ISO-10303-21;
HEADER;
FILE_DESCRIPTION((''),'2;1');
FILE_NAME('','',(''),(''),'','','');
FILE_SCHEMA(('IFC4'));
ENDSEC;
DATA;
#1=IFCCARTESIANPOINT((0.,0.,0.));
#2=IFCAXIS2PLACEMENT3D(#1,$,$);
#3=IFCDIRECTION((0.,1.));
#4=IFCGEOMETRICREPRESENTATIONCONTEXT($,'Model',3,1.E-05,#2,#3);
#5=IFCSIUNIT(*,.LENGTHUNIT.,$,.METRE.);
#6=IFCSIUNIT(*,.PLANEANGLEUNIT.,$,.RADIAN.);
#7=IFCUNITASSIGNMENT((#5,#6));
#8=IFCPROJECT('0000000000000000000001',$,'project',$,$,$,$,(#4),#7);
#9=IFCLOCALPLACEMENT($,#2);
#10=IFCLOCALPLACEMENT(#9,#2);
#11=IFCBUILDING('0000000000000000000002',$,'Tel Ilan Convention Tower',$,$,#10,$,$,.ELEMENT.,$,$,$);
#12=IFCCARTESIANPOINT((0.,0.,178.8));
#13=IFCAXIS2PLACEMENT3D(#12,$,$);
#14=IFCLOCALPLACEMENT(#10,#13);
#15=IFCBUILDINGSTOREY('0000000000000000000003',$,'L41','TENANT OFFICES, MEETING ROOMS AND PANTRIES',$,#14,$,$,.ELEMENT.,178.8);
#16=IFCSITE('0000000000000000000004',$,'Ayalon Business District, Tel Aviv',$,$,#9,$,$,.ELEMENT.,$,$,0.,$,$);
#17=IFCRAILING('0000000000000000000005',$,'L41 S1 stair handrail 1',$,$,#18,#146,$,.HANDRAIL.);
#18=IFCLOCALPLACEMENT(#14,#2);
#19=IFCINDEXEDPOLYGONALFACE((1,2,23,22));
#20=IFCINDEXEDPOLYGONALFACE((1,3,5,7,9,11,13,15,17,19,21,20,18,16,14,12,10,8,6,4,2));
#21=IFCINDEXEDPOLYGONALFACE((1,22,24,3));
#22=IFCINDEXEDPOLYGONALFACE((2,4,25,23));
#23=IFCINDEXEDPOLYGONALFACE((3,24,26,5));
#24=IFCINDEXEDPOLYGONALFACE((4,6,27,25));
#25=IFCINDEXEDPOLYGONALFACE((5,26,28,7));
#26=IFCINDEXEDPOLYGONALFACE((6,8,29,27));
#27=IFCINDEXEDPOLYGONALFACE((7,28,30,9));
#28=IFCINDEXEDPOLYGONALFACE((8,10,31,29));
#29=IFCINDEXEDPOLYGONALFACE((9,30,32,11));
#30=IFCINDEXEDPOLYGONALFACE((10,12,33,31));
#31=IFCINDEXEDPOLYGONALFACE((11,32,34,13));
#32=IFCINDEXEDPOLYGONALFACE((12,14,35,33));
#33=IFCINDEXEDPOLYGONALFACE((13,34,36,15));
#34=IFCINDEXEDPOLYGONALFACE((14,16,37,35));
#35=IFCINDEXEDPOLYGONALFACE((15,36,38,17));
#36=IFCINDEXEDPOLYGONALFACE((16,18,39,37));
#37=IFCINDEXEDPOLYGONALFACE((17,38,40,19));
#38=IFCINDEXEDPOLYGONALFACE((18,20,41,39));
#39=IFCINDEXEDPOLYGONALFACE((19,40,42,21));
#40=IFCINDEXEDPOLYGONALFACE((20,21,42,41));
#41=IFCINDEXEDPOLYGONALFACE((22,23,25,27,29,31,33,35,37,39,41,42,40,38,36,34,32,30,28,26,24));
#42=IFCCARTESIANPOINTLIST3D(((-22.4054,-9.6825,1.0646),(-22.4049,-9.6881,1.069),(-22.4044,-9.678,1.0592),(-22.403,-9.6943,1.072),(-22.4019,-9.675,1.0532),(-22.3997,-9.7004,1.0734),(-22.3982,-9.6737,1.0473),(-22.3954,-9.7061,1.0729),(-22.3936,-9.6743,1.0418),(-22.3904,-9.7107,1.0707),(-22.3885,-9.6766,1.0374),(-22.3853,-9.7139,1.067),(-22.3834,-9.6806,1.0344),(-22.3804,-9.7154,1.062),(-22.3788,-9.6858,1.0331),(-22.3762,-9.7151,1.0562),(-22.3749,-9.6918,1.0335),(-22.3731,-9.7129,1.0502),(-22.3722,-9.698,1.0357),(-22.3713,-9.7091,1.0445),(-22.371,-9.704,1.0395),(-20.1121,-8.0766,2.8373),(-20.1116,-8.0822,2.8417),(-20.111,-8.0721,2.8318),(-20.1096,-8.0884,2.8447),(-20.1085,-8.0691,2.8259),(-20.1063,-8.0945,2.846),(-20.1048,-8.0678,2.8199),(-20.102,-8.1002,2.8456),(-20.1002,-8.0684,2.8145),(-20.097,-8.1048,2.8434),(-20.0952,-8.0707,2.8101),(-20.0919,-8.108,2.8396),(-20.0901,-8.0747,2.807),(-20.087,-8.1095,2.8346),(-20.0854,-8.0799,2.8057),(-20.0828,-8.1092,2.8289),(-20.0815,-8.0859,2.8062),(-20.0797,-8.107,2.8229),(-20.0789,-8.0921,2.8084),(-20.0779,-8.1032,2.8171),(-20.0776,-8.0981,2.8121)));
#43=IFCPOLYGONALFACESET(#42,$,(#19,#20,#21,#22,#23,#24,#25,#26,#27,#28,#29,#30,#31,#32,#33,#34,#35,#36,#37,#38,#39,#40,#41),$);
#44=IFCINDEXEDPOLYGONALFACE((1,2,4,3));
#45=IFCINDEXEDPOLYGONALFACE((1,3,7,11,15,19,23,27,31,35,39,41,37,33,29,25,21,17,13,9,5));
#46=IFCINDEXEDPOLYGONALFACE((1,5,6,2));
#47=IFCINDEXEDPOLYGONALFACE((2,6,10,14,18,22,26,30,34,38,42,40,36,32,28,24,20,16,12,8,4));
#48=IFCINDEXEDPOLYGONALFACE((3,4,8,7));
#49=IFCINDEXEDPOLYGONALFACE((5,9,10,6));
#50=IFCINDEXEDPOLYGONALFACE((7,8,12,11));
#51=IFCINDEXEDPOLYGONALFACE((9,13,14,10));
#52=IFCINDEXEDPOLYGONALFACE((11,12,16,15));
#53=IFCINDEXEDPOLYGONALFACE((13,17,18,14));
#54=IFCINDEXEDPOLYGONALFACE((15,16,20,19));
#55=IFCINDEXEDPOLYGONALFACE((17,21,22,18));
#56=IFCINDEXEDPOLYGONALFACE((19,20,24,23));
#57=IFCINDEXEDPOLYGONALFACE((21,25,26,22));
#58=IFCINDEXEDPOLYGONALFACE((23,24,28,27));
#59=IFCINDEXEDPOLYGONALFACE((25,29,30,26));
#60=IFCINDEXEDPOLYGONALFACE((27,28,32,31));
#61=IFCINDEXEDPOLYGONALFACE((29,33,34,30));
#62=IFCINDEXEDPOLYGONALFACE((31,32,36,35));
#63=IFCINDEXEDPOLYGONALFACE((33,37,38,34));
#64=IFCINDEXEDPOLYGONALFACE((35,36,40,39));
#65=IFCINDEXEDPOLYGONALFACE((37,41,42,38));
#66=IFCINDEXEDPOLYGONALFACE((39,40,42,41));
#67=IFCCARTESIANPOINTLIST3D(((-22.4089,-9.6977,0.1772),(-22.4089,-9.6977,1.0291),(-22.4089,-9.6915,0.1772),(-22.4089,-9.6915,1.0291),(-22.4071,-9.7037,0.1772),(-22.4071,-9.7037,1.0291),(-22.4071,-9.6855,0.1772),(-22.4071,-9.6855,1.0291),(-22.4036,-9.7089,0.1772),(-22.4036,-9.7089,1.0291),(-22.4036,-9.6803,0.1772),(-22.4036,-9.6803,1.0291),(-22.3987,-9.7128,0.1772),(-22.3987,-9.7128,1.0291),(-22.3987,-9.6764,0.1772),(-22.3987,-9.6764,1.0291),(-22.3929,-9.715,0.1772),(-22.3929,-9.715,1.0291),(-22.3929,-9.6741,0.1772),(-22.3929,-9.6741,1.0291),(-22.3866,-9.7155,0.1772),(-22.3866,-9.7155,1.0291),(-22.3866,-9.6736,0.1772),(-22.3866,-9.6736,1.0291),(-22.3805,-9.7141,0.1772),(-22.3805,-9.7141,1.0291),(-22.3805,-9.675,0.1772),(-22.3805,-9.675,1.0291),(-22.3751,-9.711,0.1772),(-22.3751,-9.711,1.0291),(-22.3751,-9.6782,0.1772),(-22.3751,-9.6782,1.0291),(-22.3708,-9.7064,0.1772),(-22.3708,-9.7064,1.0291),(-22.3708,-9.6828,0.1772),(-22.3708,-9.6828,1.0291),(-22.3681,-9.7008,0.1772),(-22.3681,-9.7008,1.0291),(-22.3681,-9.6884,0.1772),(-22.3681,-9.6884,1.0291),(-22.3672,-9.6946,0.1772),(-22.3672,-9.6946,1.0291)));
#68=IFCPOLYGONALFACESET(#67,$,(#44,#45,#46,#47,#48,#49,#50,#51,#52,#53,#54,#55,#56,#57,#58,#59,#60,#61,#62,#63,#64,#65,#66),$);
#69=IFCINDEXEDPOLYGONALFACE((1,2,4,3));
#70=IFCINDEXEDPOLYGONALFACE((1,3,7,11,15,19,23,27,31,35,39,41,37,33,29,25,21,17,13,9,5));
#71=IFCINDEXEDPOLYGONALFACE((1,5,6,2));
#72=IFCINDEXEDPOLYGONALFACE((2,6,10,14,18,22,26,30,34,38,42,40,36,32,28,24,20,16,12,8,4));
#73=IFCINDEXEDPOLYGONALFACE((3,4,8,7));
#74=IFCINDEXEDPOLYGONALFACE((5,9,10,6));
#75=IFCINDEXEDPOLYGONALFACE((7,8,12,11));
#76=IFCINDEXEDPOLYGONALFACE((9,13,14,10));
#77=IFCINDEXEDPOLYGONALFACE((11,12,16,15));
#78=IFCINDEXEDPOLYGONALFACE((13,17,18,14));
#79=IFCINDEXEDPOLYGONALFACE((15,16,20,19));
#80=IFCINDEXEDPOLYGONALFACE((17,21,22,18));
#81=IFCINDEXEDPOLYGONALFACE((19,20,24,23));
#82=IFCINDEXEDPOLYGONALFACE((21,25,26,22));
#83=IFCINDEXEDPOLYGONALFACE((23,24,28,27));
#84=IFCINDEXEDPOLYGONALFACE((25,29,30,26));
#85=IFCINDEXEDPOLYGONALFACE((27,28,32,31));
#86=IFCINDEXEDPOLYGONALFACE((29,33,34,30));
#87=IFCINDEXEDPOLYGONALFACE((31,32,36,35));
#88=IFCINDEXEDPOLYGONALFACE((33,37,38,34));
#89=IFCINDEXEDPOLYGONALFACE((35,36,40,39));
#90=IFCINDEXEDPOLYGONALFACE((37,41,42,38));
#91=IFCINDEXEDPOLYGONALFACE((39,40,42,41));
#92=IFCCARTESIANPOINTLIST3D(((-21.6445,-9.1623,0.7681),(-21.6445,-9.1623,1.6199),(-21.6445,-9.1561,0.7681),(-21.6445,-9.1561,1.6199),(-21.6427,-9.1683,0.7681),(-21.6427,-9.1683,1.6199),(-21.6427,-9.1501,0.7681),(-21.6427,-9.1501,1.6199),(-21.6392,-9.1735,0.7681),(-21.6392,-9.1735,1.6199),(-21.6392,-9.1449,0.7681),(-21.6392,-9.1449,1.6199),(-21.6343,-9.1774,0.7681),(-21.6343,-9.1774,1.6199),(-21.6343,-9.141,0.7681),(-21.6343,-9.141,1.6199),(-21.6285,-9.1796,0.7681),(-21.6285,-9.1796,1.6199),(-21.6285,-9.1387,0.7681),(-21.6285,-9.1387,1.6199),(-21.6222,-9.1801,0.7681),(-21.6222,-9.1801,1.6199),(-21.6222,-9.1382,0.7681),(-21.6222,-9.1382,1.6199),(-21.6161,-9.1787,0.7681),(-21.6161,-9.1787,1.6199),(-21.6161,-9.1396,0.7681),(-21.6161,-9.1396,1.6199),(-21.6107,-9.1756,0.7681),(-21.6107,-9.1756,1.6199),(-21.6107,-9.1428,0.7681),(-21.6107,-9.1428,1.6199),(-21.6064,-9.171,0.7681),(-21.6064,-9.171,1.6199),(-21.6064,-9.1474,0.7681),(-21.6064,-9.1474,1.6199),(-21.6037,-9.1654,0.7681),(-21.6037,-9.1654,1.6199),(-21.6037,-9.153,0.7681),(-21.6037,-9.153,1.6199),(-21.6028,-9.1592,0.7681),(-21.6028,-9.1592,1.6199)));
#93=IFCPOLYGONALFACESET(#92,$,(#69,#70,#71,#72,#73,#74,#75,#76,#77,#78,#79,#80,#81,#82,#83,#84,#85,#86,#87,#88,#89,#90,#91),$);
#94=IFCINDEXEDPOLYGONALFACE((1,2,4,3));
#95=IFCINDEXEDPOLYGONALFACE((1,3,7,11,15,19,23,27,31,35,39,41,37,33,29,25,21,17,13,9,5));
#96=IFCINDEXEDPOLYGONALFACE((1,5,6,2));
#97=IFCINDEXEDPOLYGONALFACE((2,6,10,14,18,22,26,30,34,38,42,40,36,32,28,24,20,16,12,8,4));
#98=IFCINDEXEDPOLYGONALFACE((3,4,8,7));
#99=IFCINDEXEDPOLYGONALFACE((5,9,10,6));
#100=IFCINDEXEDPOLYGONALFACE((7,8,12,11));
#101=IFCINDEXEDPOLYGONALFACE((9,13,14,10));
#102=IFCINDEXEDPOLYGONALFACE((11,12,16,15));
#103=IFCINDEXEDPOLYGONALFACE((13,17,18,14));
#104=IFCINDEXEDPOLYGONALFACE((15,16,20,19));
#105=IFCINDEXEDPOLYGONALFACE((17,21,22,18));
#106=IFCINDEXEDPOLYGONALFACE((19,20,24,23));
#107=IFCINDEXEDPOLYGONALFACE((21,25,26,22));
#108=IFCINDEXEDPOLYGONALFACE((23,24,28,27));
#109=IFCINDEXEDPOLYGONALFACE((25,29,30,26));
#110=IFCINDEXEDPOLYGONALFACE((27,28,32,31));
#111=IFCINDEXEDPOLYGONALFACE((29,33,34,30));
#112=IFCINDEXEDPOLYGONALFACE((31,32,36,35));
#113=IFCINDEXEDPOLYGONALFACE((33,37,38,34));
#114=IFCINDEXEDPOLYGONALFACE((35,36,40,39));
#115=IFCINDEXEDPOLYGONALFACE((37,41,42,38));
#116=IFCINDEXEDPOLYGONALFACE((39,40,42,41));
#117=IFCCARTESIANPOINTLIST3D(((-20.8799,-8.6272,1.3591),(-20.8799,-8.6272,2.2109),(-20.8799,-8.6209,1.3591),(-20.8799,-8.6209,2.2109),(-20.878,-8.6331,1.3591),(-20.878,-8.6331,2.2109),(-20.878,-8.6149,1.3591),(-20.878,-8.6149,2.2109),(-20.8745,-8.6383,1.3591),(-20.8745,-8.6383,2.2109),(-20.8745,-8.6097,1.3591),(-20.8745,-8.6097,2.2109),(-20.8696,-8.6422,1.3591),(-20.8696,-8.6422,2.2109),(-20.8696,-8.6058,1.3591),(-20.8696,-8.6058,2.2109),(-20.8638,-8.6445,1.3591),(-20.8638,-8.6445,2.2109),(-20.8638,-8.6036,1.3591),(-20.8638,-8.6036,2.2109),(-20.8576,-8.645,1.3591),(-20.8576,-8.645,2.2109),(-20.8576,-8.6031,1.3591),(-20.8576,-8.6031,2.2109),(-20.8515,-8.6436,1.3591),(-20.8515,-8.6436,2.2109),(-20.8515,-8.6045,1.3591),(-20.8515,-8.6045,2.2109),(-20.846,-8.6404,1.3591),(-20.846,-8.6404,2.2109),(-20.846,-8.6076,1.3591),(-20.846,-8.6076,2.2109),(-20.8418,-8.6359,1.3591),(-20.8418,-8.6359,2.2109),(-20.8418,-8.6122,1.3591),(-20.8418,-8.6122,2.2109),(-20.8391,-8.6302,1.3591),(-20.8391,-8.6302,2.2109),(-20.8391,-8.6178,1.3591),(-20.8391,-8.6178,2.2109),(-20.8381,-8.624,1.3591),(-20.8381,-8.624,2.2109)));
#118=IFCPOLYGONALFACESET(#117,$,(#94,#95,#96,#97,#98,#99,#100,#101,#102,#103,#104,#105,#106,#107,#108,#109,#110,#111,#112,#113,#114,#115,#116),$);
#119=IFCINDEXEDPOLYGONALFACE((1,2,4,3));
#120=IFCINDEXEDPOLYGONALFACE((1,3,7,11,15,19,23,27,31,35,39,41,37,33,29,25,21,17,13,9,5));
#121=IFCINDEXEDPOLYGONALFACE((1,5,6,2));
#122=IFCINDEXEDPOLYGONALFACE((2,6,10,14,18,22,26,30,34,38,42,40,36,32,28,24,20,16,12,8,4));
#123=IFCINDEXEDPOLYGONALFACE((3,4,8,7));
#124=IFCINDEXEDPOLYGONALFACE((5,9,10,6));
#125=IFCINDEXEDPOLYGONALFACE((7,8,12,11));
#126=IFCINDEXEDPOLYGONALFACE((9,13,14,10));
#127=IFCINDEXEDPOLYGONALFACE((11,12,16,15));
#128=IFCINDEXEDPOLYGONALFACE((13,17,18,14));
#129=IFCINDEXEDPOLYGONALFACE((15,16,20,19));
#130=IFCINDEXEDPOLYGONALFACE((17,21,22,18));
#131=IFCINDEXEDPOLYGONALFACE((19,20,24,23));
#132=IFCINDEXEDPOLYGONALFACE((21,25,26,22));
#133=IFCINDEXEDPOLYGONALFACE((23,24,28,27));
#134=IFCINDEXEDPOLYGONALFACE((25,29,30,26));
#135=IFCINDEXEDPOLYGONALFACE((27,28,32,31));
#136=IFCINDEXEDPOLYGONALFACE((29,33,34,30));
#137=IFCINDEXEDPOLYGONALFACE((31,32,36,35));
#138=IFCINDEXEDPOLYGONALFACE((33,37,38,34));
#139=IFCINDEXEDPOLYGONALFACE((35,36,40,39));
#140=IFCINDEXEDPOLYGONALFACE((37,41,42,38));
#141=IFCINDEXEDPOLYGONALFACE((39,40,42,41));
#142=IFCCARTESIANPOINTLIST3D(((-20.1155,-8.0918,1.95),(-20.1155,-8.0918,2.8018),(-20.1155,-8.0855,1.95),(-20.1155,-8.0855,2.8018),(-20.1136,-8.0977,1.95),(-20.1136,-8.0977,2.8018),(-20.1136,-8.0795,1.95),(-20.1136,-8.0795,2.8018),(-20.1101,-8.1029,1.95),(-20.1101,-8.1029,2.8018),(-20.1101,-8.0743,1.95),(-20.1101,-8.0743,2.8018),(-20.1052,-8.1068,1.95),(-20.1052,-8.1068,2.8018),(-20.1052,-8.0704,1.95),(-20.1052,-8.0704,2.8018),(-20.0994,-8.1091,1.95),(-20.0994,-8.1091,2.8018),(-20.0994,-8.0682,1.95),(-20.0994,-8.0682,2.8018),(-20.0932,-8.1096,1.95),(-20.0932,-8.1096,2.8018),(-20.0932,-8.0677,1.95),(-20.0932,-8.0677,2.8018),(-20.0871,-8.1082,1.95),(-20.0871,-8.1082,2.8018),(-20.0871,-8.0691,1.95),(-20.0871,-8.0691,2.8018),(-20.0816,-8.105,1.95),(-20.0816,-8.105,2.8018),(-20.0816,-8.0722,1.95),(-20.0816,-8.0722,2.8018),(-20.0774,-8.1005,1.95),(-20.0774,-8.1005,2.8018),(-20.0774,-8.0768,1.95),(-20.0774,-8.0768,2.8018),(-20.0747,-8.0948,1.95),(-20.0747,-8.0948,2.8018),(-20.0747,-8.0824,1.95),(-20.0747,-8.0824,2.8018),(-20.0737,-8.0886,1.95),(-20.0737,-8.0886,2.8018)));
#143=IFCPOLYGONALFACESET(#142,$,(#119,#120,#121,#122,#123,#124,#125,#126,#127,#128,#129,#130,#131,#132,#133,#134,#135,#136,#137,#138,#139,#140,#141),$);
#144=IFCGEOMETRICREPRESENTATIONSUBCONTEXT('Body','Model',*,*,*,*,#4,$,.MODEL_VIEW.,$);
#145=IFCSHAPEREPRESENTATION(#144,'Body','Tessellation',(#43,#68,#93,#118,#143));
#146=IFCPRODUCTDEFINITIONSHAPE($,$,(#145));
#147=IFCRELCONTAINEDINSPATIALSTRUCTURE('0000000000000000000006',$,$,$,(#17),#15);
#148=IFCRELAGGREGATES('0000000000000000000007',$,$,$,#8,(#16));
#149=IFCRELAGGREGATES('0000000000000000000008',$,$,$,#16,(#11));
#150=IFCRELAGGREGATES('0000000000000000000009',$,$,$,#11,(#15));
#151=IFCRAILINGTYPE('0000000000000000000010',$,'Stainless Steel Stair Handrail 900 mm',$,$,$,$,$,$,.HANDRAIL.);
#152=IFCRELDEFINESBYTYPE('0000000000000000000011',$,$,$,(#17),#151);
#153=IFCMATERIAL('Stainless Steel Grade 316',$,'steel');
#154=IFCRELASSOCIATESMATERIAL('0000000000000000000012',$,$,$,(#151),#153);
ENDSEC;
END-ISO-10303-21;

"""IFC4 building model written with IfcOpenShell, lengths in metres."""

from ifc_helpers import new_model, si_unit, direction, frame, origin, origin_2d, place, context, subcontext, project, spatial, circle, extrude, material, type_object, element, save


model = new_model("IFC4")

# Units and contexts
model_context = context("Model", 3, precision=1e-05, world=origin(), true_north=direction((0.0, 1.0)))
body_context = subcontext(model_context, "Body", "Model", "MODEL_VIEW")
ifc_project = project(units=[si_unit("LENGTHUNIT", "METRE"), si_unit("PLANEANGLEUNIT", "RADIAN")], contexts=[model_context])

# Site, building, storey
site_placement = place(None, origin())
site = spatial("IfcSite", under=ifc_project, at=site_placement, Name="Ayalon Business District, Tel Aviv", CompositionType="ELEMENT", RefElevation=0.0)
building_placement = place(site_placement, origin())
building = spatial("IfcBuilding", under=site, at=building_placement, Name="Tel Ilan Convention Tower", CompositionType="ELEMENT")
storey_placement = place(building_placement, frame((0.0, 0.0, 178.8)))
storey = spatial("IfcBuildingStorey", under=building, at=storey_placement, Name="L41", Description="TENANT OFFICES, MEETING ROOMS AND PANTRIES", CompositionType="ELEMENT", Elevation=178.8)

# Railing
ifc_material_1 = material(Name="Stainless Steel Grade 316", Category="steel")
railing_type_1 = type_object("IfcRailingType", Name="Stainless Steel Stair Handrail 900 mm", PredefinedType="HANDRAIL", material=ifc_material_1)
railing_1_placement = place(storey_placement, frame((-22.3882, -9.6946, 0.1772)))
element("IfcRailing", 1, at=railing_1_placement, inside=storey, type_object=railing_type_1, Name="L41 S1 stair handrail 1", PredefinedType="HANDRAIL", context=body_context, shape_type="SweptSolid", body=[
    extrude(circle(Radius=0.0239, at=origin_2d()), frame((0.0, 0.0, 0.876), z_axis=(0.692085, 0.484621, 0.53494), x_axis=(-0.573591, 0.819142, 0.0)), (0.0, 0.0, 1.0), 3.3137),
    extrude(circle(Radius=0.021, at=origin_2d()), origin(), (0.0, 0.0, 1.0), 0.8518),
    extrude(circle(Radius=0.021, at=origin_2d()), frame((0.7644, 0.5354, 0.5908)), (0.0, 0.0, 1.0), 0.8518),
    extrude(circle(Radius=0.021, at=origin_2d()), frame((1.5291, 1.0706, 1.1819)), (0.0, 0.0, 1.0), 0.8518),
    extrude(circle(Radius=0.021, at=origin_2d()), frame((2.2935, 1.606, 1.7727)), (0.0, 0.0, 1.0), 0.8518),
])

save(model, "model.ifc")
